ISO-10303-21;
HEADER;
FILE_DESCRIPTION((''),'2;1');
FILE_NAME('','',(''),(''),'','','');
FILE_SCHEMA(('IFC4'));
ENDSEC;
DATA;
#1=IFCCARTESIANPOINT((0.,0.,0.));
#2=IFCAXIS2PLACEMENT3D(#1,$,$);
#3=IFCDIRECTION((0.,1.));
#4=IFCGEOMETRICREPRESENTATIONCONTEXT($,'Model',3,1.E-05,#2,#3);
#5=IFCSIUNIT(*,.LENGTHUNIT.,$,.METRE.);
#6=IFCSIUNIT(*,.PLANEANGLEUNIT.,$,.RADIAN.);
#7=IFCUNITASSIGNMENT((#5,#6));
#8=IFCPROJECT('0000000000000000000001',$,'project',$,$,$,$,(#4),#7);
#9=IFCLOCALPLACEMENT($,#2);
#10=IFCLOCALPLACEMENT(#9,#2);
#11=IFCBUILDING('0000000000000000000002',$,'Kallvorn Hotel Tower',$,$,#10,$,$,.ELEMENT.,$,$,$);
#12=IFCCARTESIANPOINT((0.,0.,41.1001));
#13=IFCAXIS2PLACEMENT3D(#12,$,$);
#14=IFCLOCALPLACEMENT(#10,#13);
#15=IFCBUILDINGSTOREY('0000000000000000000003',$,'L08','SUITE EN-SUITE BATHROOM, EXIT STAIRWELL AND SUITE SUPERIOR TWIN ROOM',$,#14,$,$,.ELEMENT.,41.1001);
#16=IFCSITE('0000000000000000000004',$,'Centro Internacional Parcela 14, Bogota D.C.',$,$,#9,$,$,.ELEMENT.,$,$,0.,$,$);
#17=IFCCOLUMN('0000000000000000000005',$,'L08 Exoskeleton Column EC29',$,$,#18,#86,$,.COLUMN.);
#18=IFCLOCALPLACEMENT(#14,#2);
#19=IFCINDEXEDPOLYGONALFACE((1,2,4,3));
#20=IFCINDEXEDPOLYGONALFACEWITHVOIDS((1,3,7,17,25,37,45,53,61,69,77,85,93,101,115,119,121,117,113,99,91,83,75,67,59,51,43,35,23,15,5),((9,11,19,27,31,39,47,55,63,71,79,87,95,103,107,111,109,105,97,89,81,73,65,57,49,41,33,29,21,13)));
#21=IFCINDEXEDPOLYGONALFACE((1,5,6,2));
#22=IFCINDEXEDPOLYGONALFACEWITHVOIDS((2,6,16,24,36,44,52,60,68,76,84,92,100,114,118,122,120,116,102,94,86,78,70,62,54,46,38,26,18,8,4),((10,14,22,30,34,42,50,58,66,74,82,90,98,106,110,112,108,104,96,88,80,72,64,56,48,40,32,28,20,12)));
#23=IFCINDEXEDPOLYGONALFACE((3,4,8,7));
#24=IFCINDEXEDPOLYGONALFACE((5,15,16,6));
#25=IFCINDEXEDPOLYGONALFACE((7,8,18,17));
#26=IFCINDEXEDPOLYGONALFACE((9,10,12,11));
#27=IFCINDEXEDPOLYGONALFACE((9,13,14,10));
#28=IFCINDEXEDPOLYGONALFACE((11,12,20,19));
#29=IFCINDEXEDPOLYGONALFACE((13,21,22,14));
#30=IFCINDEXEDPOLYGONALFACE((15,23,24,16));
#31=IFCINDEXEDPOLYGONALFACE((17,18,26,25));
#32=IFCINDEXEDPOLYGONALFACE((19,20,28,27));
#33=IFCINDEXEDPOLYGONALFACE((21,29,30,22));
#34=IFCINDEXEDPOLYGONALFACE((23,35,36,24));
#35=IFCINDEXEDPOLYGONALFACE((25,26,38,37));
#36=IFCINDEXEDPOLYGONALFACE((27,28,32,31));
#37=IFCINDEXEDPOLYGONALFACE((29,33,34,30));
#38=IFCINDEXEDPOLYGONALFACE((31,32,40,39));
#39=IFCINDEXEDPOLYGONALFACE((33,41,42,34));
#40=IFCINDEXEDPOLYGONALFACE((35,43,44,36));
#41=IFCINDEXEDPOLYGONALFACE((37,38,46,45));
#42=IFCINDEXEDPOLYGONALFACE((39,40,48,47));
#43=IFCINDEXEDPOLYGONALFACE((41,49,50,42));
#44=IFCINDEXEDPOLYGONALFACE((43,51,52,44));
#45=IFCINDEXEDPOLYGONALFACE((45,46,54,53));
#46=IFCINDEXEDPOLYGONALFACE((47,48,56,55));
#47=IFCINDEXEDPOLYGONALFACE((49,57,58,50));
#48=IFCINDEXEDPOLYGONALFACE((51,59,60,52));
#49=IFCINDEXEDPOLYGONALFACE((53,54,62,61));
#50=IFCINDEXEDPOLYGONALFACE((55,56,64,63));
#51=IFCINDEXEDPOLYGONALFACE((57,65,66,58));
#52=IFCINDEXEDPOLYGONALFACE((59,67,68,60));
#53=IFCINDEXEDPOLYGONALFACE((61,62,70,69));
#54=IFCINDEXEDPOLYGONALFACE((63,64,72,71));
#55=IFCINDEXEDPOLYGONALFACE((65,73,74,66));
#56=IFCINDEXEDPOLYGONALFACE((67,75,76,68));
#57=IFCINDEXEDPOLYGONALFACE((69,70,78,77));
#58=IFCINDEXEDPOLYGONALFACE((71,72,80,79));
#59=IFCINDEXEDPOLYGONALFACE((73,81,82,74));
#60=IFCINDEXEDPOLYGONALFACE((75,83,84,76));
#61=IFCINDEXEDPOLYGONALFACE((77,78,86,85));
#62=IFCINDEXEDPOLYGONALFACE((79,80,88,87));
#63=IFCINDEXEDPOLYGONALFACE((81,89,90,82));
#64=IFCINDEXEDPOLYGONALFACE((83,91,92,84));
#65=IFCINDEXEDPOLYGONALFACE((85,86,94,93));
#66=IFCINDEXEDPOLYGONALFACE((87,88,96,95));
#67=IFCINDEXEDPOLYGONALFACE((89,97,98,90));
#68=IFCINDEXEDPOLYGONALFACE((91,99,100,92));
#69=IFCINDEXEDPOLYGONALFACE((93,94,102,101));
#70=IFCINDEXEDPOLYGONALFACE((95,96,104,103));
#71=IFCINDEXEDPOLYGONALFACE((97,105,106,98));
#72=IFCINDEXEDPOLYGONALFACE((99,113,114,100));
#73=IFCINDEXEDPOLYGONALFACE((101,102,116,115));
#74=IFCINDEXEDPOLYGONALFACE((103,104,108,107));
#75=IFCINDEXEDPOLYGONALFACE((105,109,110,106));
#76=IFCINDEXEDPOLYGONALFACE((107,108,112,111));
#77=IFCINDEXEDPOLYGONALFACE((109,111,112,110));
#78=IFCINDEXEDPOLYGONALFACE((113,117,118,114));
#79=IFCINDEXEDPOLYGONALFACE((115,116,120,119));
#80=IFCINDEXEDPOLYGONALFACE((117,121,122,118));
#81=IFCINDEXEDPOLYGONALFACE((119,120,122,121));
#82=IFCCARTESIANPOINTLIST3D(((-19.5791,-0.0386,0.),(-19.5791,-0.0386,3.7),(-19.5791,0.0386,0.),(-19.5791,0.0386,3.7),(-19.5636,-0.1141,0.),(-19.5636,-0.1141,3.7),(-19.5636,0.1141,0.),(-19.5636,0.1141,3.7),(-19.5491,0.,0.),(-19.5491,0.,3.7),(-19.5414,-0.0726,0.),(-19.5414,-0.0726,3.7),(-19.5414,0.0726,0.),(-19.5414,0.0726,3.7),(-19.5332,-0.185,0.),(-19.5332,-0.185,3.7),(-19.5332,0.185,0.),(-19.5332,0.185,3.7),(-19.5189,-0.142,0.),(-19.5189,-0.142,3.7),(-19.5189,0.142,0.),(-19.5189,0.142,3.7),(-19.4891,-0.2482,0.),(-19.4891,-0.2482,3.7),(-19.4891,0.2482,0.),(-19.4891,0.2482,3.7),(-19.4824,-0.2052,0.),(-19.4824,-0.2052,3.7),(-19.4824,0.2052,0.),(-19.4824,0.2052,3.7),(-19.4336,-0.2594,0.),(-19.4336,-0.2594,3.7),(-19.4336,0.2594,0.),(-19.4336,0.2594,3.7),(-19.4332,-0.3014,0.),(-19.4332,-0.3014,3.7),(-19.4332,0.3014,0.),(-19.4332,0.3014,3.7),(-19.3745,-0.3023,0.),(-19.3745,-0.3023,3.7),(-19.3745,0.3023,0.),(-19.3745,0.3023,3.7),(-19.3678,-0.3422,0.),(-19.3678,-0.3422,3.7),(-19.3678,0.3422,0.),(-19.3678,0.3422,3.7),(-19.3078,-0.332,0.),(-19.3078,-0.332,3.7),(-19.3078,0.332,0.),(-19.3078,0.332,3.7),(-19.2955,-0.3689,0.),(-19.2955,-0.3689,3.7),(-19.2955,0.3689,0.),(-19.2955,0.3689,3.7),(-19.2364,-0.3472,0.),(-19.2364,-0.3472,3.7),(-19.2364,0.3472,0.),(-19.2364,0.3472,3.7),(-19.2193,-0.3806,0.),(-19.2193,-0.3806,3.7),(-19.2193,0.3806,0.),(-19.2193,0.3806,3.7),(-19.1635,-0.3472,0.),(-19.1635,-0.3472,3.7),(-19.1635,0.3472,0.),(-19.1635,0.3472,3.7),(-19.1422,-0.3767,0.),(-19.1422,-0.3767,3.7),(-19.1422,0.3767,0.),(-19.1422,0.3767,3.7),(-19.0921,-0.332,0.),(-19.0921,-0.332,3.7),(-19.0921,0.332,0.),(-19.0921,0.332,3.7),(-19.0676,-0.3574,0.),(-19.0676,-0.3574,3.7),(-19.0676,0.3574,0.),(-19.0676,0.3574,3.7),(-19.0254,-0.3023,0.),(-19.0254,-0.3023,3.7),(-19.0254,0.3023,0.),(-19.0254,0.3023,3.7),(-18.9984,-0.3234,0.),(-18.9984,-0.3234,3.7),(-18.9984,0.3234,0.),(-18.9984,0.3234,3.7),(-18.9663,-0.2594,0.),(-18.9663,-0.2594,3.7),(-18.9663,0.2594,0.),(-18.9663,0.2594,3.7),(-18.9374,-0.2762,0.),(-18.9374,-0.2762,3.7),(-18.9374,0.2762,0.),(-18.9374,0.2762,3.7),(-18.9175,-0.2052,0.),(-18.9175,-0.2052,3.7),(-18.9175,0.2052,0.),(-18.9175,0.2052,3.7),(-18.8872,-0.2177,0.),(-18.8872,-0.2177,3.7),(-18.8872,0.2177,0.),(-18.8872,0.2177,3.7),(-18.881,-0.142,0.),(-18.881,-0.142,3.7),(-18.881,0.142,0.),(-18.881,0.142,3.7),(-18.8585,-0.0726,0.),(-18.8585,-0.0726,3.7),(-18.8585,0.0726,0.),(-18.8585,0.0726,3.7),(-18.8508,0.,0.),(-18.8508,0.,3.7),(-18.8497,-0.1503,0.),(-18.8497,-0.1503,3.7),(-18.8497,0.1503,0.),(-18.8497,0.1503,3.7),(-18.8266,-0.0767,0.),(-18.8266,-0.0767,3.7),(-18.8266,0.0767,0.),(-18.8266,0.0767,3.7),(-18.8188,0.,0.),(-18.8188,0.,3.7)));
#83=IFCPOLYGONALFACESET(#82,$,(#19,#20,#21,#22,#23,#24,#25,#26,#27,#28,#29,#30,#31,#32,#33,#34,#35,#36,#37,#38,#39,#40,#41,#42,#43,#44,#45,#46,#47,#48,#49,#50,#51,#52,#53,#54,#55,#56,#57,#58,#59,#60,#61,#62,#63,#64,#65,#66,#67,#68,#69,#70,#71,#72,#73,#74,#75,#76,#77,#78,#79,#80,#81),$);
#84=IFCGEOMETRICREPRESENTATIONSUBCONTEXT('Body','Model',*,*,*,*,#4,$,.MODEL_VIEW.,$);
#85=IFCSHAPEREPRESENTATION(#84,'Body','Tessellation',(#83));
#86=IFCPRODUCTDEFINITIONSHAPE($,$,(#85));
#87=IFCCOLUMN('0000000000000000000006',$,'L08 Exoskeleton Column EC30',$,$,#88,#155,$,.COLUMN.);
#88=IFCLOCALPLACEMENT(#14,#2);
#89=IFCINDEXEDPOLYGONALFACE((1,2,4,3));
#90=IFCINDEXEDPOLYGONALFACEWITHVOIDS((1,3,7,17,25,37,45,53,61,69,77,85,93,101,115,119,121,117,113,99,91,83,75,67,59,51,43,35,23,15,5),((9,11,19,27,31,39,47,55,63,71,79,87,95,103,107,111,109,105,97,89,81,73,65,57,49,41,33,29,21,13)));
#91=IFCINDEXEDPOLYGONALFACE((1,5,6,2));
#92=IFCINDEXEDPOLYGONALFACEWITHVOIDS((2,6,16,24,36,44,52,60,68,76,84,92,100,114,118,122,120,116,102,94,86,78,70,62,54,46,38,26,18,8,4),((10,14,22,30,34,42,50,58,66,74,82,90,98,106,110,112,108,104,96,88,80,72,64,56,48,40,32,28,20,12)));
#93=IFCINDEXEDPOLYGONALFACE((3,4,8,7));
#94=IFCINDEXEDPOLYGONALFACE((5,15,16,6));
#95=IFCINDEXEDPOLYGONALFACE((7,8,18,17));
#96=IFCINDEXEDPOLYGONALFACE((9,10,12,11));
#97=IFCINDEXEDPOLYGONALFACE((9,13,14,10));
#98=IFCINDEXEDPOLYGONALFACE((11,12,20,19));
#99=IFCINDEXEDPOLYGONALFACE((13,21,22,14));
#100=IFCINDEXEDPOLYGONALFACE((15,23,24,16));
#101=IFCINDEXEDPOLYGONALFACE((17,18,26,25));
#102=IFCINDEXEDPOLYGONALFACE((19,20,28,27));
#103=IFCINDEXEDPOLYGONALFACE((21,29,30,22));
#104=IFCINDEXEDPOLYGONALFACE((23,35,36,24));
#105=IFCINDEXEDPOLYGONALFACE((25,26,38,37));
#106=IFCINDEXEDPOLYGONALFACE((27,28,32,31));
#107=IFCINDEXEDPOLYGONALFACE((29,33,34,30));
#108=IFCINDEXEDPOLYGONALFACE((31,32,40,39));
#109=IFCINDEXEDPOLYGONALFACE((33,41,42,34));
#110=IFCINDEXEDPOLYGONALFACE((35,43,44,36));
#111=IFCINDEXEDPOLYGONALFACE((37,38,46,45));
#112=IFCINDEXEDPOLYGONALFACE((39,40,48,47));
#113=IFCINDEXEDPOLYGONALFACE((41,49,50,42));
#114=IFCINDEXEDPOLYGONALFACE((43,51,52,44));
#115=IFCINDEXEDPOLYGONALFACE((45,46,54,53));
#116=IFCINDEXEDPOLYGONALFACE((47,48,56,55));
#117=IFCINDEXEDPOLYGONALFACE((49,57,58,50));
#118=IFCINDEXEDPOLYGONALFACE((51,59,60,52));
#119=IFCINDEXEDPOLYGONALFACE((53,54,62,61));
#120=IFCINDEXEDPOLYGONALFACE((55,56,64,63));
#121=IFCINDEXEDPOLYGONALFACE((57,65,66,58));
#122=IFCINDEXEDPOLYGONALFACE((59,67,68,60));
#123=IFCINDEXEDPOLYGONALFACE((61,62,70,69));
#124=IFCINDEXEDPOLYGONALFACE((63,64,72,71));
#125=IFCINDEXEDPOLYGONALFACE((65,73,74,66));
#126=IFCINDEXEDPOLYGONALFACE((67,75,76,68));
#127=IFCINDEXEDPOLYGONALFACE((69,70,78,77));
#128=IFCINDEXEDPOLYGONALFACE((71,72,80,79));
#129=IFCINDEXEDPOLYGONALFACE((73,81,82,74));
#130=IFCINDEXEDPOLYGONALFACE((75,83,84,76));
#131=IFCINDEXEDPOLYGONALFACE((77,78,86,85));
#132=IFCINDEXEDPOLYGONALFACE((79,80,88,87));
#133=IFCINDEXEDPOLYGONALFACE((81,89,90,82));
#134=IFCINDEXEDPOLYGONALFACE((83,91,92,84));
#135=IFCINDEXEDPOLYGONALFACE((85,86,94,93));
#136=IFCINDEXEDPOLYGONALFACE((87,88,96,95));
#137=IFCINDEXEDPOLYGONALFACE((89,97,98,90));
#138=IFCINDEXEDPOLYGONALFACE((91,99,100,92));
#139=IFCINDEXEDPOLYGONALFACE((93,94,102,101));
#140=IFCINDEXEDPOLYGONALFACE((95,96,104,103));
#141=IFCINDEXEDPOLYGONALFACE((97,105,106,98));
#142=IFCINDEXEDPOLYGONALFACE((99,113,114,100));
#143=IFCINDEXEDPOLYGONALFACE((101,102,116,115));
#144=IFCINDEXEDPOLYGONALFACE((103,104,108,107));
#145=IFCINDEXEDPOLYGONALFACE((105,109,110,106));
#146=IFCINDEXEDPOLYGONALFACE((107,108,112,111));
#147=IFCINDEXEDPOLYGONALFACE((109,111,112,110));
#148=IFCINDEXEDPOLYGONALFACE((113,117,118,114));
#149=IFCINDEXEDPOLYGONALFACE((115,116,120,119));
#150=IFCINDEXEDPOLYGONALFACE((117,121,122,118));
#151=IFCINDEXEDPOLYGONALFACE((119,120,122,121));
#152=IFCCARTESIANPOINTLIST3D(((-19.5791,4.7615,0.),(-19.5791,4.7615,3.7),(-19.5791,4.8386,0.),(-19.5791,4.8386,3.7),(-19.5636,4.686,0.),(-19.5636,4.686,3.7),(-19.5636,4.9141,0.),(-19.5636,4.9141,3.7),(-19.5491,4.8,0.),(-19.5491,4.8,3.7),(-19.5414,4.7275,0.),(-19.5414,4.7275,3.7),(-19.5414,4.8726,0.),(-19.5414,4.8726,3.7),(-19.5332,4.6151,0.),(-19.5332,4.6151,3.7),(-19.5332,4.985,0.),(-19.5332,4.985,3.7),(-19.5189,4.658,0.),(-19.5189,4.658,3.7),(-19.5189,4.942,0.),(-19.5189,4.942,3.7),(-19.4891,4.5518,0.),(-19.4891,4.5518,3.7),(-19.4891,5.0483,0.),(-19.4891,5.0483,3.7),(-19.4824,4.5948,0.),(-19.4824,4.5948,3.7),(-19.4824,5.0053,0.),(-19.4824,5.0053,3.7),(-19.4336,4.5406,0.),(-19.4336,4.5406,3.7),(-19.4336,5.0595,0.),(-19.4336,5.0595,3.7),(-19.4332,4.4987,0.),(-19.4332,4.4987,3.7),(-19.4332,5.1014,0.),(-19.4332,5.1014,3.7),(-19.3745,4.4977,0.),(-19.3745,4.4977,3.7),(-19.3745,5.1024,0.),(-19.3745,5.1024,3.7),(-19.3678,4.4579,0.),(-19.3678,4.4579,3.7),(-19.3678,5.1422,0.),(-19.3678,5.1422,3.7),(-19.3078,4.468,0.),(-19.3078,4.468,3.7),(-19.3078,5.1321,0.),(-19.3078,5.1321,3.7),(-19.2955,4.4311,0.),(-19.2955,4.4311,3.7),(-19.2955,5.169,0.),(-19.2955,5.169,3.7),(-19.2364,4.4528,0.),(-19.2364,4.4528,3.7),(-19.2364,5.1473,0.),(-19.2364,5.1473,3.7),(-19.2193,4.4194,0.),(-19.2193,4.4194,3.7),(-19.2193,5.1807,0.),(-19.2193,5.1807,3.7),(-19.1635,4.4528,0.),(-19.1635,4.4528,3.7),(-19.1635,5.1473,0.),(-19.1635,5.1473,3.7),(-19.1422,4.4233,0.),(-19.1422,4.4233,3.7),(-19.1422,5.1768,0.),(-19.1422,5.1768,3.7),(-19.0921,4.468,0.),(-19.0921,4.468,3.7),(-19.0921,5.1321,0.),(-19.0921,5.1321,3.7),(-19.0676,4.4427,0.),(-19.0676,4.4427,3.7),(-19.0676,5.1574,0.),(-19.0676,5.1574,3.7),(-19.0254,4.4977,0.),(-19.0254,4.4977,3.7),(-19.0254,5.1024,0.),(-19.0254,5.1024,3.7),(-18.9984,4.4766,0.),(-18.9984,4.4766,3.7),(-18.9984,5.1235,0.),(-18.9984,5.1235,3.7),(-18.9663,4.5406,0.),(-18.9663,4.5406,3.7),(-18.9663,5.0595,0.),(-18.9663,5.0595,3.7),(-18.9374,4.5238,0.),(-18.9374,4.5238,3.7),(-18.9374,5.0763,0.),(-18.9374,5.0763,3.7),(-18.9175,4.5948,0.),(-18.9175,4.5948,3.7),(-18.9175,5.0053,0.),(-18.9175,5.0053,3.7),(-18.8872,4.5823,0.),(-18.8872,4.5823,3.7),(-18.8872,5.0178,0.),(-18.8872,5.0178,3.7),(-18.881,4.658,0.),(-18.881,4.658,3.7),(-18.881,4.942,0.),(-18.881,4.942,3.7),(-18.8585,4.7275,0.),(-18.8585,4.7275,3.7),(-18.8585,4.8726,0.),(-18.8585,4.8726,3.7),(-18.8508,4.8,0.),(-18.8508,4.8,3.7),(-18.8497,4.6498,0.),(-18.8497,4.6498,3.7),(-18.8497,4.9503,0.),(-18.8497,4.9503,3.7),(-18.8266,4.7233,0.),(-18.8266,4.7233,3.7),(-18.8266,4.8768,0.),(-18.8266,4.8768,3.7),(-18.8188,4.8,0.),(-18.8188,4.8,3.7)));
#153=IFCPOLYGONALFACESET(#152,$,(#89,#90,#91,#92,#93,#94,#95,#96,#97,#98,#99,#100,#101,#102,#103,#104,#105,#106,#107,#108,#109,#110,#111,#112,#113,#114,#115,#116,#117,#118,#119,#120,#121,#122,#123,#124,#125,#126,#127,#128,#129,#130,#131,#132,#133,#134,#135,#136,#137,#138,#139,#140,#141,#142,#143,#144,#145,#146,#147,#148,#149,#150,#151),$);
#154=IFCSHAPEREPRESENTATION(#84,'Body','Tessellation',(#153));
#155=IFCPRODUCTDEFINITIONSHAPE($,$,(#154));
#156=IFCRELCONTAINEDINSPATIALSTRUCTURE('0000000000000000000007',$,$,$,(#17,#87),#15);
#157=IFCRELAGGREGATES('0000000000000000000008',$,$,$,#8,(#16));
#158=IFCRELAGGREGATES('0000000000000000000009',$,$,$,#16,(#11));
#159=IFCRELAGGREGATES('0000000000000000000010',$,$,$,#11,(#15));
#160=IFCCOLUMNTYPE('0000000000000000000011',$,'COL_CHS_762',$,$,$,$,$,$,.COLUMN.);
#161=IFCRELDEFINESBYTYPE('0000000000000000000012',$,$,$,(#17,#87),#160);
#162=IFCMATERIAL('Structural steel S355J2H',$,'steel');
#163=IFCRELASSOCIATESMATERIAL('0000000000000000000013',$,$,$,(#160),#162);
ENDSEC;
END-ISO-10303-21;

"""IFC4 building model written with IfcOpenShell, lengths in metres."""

from ifc_helpers import new_model, si_unit, direction, frame, origin, origin_2d, place, context, subcontext, project, spatial, hollow_circle, extrude, material, material_profile, profile_set, type_object, element, save


model = new_model("IFC4")

# Units and contexts
model_context = context("Model", 3, precision=1e-05, world=origin(), true_north=direction((0.0, 1.0)))
body_context = subcontext(model_context, "Body", "Model", "MODEL_VIEW")
ifc_project = project(units=[si_unit("LENGTHUNIT", "METRE"), si_unit("PLANEANGLEUNIT", "RADIAN")], contexts=[model_context])

# Site, building, storey
site_placement = place(None, origin())
site = spatial("IfcSite", under=ifc_project, at=site_placement, Name="Centro Internacional Parcela 14, Bogota D.C.", CompositionType="ELEMENT", RefElevation=0.0)
building_placement = place(site_placement, origin())
building = spatial("IfcBuilding", under=site, at=building_placement, Name="Kallvorn Hotel Tower", CompositionType="ELEMENT")
storey_placement = place(building_placement, frame((0.0, 0.0, 41.1001)))
storey = spatial("IfcBuildingStorey", under=building, at=storey_placement, Name="L08", Description="SUITE EN-SUITE BATHROOM, EXIT STAIRWELL AND SUITE SUPERIOR TWIN ROOM", CompositionType="ELEMENT", Elevation=41.1001)

# Columns
ifc_material_1 = material(Name="Structural steel S355J2H", Category="steel")
ifc_material_profile_1 = material_profile(ifc_material_1, hollow_circle(Radius=0.3811, WallThickness=0.032, at=origin_2d()), Name="CHS 762x32")
ifc_profile_set_1 = profile_set([ifc_material_profile_1], Name="Structural steel S355J2H")
column_type_1 = type_object("IfcColumnType", Name="COL_CHS_762", PredefinedType="COLUMN", material=ifc_profile_set_1)
for number, where, z_axis, x_axis, name in (
    (1, (-19.2, 0.0, 0.0), (0.0, 0.0, 1.0), (1.0, 0.0, 0.0), "L08 Exoskeleton Column EC29"),
    (2, (-19.2, 4.8, 0.0), (0.0, 0.0, 1.0), (1.0, 0.0, 0.0), "L08 Exoskeleton Column EC30"),
):
    element("IfcColumn", number, at=place(storey_placement, frame(where, z_axis=z_axis, x_axis=x_axis)), inside=storey, type_object=column_type_1, Name=name, PredefinedType="COLUMN", context=body_context, shape_type="SweptSolid", body=[
        extrude(hollow_circle(Radius=0.3811, WallThickness=0.032, at=origin_2d()), origin(), (0.0, 0.0, 1.0), 3.7),
    ])

save(model, "model.ifc")
